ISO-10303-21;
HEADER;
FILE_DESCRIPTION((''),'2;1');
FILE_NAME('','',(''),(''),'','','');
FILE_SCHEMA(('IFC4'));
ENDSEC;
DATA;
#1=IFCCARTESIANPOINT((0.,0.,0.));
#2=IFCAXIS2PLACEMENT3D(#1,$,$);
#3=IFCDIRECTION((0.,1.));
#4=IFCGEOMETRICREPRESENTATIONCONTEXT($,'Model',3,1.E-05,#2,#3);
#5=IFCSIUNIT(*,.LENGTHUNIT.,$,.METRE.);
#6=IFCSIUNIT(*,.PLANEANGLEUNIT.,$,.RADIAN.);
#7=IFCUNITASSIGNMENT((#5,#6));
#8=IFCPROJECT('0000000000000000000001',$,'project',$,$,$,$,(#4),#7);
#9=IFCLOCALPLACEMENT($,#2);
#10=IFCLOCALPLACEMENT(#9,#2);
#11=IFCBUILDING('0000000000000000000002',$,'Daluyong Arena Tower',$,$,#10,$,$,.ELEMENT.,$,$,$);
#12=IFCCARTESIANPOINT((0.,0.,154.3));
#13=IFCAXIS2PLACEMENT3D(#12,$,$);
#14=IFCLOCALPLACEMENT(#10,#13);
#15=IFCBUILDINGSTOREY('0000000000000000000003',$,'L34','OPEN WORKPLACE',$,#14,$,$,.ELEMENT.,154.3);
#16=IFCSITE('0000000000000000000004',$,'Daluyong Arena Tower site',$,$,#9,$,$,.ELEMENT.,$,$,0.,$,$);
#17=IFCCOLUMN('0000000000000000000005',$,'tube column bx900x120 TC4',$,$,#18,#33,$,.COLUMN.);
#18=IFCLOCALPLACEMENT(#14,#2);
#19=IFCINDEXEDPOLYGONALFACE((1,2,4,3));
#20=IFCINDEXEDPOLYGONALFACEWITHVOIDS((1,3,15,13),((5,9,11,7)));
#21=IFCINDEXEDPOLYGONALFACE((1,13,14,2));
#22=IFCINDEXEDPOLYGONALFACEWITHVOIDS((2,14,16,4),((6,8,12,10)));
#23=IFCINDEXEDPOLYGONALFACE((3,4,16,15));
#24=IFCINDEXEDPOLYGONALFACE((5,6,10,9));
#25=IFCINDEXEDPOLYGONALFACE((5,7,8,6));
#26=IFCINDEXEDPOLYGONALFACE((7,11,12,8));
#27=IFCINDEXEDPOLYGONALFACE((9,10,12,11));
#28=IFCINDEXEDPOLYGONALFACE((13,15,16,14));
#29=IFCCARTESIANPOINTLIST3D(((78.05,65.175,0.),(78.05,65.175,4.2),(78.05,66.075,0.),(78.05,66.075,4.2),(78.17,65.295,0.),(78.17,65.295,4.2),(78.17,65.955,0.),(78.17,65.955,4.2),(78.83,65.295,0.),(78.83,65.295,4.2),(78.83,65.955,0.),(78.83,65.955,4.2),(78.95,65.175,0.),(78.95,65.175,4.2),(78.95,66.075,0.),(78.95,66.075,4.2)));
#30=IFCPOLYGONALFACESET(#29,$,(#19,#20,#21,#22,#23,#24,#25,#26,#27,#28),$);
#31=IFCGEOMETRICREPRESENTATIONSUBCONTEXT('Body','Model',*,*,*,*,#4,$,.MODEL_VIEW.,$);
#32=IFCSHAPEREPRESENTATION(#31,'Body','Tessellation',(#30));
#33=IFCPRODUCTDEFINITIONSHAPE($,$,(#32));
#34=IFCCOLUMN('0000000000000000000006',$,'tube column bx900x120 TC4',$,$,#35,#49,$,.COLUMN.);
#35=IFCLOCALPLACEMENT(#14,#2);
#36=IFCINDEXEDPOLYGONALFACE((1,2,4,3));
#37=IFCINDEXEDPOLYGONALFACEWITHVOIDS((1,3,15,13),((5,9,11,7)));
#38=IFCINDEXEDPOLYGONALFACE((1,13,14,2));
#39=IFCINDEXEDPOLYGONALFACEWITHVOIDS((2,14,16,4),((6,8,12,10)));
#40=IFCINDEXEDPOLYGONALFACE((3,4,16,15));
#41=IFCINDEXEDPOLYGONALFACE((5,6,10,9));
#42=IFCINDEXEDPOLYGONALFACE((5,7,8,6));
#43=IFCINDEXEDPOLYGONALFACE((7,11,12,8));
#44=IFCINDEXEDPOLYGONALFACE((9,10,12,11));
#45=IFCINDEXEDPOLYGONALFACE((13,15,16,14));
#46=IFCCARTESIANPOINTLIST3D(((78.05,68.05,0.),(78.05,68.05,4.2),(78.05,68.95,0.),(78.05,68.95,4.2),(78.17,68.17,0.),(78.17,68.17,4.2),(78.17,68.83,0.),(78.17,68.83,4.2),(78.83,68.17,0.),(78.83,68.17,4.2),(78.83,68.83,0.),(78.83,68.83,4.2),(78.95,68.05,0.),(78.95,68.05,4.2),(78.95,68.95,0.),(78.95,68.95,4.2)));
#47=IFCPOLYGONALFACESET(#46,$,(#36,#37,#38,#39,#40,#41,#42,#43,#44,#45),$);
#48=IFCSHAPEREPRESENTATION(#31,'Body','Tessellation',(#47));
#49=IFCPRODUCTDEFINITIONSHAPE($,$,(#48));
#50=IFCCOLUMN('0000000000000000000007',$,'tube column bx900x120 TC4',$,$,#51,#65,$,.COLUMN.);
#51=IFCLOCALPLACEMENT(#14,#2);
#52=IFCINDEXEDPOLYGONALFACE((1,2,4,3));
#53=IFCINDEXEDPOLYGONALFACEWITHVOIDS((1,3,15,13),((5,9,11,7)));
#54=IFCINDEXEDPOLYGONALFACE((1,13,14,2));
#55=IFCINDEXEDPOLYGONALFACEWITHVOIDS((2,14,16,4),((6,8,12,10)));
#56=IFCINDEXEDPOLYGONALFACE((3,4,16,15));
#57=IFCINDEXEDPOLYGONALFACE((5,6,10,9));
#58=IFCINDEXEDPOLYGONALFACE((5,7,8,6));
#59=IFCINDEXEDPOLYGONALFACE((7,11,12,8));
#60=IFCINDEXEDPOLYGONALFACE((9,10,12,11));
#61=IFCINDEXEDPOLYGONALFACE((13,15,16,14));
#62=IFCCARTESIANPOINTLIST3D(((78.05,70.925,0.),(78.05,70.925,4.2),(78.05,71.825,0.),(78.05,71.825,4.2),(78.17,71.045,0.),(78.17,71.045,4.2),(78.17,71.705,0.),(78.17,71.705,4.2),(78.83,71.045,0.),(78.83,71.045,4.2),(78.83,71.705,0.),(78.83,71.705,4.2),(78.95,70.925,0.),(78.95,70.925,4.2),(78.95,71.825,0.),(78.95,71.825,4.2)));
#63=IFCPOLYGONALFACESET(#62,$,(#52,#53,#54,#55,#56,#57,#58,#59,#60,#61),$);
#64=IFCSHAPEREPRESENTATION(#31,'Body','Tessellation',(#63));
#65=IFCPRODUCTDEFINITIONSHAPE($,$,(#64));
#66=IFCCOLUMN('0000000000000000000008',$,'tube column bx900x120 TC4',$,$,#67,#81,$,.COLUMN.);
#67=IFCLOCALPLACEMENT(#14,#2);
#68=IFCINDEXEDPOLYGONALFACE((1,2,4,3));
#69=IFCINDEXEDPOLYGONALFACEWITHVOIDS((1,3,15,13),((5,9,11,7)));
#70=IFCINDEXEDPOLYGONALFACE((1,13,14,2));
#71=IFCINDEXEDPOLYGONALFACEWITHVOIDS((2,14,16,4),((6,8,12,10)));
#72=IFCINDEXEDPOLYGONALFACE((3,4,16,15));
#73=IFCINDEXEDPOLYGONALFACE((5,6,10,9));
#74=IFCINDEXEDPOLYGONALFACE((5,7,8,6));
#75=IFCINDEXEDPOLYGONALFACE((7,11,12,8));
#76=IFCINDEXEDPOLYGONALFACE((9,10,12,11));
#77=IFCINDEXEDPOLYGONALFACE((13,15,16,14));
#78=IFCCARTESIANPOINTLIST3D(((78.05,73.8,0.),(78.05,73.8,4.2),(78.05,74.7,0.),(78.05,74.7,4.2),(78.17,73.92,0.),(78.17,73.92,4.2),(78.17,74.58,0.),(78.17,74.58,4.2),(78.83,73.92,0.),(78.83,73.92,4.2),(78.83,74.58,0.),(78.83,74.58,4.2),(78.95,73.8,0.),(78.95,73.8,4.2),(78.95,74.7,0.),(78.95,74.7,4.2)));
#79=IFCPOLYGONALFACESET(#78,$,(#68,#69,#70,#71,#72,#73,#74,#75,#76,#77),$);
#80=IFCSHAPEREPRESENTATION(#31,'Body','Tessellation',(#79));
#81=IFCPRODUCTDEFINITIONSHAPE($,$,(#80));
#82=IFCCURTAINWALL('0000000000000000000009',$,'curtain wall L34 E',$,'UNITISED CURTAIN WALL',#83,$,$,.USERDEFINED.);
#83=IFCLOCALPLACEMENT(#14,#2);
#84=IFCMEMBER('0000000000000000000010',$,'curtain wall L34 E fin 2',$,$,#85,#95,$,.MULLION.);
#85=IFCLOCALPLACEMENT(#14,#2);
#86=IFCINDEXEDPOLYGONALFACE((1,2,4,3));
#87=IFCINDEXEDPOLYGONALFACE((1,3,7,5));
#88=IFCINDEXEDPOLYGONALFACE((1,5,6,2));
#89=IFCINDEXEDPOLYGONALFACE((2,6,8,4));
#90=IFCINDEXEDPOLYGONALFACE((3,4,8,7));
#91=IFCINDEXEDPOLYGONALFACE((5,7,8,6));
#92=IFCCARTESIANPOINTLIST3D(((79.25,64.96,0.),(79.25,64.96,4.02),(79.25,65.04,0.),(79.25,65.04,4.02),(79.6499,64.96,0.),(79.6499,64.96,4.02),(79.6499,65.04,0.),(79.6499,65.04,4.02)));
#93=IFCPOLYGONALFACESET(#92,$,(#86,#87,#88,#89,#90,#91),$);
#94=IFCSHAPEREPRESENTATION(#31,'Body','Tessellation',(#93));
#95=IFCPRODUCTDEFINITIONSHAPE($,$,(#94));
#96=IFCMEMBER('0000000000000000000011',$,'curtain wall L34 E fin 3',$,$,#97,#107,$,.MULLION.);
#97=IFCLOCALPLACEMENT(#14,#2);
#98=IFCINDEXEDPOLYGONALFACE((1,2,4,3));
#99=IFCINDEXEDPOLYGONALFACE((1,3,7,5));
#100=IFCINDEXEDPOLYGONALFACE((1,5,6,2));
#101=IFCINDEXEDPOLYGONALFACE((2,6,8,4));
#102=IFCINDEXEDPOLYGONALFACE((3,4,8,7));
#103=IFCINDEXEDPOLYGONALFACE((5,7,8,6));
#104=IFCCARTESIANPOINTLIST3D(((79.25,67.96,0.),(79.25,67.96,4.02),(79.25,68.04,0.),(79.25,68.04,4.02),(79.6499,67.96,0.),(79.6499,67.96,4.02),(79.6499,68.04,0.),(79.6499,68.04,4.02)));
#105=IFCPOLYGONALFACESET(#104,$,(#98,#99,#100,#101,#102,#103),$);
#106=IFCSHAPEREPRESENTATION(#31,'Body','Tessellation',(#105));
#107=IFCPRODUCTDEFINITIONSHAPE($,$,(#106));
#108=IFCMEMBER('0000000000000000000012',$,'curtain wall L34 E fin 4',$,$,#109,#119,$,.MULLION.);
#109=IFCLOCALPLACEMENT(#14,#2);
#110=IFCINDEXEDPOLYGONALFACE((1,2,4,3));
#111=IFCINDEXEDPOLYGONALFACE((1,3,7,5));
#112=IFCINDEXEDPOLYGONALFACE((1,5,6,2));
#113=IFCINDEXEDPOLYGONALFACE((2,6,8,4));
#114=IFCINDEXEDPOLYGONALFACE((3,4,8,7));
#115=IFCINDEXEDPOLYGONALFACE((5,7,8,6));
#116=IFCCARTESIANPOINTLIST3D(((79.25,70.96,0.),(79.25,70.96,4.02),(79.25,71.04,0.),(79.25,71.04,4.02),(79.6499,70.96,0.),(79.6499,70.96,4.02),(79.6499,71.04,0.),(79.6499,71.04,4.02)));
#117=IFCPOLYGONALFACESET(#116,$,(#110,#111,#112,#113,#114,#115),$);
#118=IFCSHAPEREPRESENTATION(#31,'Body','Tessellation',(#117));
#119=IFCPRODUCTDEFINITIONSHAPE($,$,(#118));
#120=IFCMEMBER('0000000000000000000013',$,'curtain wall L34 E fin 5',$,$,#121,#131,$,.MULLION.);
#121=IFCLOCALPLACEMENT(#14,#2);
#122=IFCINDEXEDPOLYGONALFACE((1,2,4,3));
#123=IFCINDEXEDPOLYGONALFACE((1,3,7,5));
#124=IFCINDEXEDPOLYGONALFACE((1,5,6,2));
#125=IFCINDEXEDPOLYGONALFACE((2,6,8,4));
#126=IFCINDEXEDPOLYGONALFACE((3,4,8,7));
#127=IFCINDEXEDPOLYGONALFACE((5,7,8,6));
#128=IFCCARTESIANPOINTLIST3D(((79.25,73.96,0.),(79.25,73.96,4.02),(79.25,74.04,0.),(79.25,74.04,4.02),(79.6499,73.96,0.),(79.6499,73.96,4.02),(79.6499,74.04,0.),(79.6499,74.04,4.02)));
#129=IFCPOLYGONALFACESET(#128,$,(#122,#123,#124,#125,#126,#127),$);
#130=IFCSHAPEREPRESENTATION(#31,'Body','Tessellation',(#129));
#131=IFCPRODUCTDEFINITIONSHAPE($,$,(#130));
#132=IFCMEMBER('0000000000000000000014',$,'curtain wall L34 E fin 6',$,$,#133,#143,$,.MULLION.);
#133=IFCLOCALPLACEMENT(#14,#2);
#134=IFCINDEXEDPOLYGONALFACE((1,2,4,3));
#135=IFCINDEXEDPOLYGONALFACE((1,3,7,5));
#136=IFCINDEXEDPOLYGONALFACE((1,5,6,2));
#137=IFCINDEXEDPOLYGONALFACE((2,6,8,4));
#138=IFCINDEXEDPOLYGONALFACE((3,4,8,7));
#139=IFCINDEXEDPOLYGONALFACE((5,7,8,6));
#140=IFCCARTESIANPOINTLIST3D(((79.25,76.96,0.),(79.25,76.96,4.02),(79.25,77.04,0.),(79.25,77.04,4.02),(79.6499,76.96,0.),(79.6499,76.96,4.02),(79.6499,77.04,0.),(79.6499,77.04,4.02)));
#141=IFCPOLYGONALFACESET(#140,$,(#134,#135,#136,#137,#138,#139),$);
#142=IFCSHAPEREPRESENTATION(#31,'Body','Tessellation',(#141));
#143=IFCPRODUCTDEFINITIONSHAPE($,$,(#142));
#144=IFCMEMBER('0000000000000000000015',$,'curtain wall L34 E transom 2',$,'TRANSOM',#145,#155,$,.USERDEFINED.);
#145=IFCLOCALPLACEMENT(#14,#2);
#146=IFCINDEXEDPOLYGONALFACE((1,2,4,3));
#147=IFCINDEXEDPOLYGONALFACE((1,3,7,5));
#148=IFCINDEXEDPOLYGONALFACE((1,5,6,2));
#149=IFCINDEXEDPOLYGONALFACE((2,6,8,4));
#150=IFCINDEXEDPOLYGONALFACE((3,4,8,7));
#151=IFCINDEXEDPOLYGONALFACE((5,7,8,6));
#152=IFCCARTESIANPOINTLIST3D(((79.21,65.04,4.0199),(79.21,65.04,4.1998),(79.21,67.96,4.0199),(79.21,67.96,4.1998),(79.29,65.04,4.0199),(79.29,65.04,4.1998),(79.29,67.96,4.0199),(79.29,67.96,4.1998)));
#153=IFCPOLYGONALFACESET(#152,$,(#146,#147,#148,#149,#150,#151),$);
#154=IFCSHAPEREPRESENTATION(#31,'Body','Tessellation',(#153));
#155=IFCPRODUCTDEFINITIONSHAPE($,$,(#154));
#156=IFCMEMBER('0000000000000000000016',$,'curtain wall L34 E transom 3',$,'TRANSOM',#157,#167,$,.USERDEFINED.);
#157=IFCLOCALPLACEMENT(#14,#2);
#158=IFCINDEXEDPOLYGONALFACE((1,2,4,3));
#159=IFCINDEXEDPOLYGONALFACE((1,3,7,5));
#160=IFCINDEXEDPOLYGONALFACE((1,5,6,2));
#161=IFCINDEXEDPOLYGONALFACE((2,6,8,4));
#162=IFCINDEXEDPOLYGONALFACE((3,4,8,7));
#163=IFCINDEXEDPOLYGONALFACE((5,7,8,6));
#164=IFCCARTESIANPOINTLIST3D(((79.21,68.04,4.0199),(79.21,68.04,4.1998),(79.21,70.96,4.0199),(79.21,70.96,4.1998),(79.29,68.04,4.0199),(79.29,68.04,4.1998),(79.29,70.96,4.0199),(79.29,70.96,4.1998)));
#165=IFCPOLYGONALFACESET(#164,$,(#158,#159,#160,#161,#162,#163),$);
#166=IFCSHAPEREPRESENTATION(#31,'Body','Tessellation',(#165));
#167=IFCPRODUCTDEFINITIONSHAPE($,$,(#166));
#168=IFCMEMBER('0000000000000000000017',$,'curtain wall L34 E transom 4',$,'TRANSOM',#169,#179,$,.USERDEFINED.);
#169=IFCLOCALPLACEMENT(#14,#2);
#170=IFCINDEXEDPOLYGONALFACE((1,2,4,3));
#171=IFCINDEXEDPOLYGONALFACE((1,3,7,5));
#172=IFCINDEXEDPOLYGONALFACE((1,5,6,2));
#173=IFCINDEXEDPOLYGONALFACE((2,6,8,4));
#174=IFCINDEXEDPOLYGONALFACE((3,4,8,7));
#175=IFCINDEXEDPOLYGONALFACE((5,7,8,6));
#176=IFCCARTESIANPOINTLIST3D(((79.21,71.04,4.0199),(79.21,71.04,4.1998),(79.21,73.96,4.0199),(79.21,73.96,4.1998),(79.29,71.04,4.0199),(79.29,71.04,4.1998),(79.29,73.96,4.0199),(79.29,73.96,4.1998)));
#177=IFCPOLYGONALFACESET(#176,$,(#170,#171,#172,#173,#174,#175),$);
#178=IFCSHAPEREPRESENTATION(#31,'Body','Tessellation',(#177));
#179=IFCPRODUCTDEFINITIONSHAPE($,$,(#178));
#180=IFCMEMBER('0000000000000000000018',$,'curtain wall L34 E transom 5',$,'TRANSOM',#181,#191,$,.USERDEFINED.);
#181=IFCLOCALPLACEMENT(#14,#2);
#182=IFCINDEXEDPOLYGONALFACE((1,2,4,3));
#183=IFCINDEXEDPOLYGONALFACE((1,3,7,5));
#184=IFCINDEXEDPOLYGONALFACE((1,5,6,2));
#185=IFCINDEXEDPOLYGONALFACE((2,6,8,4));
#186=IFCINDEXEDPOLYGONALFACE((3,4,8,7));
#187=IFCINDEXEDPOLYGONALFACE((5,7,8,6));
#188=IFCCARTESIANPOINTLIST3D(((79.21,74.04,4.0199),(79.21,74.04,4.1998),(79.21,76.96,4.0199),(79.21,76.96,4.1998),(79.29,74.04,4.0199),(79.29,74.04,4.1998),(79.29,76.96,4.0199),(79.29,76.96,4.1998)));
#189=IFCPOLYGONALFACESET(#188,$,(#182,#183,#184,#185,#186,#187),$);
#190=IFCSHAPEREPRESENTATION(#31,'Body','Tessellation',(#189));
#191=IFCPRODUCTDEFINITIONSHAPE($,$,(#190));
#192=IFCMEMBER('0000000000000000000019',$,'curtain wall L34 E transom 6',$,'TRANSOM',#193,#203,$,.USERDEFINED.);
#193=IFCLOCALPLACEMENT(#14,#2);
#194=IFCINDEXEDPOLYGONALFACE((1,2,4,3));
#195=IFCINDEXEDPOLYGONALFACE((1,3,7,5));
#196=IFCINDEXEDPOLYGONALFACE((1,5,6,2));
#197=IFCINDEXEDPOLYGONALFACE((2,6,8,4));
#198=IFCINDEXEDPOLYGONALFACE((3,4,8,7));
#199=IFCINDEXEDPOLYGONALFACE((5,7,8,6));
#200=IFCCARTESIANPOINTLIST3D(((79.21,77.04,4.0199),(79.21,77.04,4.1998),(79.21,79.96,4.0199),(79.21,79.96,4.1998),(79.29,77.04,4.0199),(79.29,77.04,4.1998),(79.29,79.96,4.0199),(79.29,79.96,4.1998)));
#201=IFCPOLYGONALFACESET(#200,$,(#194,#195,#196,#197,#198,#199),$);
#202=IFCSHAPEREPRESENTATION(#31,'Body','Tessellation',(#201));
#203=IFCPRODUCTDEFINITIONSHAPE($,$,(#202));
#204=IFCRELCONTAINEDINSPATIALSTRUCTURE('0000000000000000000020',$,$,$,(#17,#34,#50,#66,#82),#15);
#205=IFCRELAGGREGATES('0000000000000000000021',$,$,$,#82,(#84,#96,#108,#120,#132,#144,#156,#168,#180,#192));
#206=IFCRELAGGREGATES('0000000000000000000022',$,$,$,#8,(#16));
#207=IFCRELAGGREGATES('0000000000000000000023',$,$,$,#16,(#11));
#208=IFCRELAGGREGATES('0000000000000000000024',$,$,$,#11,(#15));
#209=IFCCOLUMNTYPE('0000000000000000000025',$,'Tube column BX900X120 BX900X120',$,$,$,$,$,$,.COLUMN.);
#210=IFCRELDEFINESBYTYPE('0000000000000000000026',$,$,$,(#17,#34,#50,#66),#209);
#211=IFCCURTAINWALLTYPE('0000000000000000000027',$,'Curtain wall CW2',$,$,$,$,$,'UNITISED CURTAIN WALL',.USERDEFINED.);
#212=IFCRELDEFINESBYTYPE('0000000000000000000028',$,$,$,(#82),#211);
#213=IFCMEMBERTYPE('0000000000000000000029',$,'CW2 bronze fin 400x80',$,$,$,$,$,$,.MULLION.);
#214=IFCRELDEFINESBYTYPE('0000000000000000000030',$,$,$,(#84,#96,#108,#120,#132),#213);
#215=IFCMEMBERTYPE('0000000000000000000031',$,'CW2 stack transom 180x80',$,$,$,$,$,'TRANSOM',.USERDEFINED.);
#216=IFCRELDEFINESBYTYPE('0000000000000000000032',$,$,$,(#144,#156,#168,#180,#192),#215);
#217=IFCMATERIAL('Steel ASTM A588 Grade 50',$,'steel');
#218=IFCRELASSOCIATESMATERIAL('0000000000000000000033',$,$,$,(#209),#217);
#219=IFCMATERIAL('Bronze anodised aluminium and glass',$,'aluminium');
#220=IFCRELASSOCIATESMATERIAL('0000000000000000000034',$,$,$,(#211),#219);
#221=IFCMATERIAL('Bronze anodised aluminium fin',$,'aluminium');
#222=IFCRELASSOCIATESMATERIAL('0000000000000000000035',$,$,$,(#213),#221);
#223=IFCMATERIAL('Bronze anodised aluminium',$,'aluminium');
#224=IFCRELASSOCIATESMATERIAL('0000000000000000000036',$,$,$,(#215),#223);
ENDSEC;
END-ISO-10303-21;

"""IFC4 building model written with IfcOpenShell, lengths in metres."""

from ifc_helpers import new_model, si_unit, direction, frame, origin, origin_2d, place, context, subcontext, project, spatial, rectangle, hollow_rectangle, extrude, material, material_profile, profile_set, type_object, element, aggregate, save


model = new_model("IFC4")

# Units and contexts
model_context = context("Model", 3, precision=1e-05, world=origin(), true_north=direction((0.0, 1.0)))
body_context = subcontext(model_context, "Body", "Model", "MODEL_VIEW")
ifc_project = project(units=[si_unit("LENGTHUNIT", "METRE"), si_unit("PLANEANGLEUNIT", "RADIAN")], contexts=[model_context])

# Site, building, storey
site_placement = place(None, origin())
site = spatial("IfcSite", under=ifc_project, at=site_placement, Name="Daluyong Arena Tower site", CompositionType="ELEMENT", RefElevation=0.0)
building_placement = place(site_placement, origin())
building = spatial("IfcBuilding", under=site, at=building_placement, Name="Daluyong Arena Tower", CompositionType="ELEMENT")
storey_placement = place(building_placement, frame((0.0, 0.0, 154.3)))
storey = spatial("IfcBuildingStorey", under=building, at=storey_placement, Name="L34", Description="OPEN WORKPLACE", CompositionType="ELEMENT", Elevation=154.3)

# Columns
ifc_material_1 = material(Name="Steel ASTM A588 Grade 50", Category="steel")
ifc_material_profile_1 = material_profile(ifc_material_1, hollow_rectangle(XDim=0.8999, YDim=0.8999, WallThickness=0.12, at=origin_2d()))
ifc_profile_set_1 = profile_set([ifc_material_profile_1], Name="Steel ASTM A588 Grade 50")
column_type = type_object("IfcColumnType", Name="Tube column BX900X120 BX900X120", PredefinedType="COLUMN", material=ifc_profile_set_1)
for number, where, z_axis, x_axis, name in (
    (1, (78.5, 65.625, 0.0), (0.0, 0.0, 1.0), (0.0, 1.0, 0.0), "tube column bx900x120 TC4"),
    (2, (78.5, 68.5, 0.0), (0.0, 0.0, 1.0), (0.0, 1.0, 0.0), "tube column bx900x120 TC4"),
    (3, (78.5, 71.375, 0.0), (0.0, 0.0, 1.0), (0.0, 1.0, 0.0), "tube column bx900x120 TC4"),
    (4, (78.5, 74.25, 0.0), (0.0, 0.0, 1.0), (0.0, 1.0, 0.0), "tube column bx900x120 TC4"),
):
    element("IfcColumn", number, at=place(storey_placement, frame(where, z_axis=z_axis, x_axis=x_axis)), inside=storey, type_object=column_type, Name=name, PredefinedType="COLUMN", context=body_context, shape_type="SweptSolid", body=[
        extrude(hollow_rectangle(XDim=0.8999, YDim=0.8999, WallThickness=0.12, at=origin_2d()), origin(), (0.0, 0.0, 1.0), 4.2),
    ])

# Curtain wall, members
ifc_material_2 = material(Name="Bronze anodised aluminium and glass", Category="aluminium")
curtain_wall_type = type_object("IfcCurtainWallType", Name="Curtain wall CW2", ElementType="UNITISED CURTAIN WALL", PredefinedType="USERDEFINED", material=ifc_material_2)
curtain_wall_placement = place(storey_placement, origin())
curtain_wall = element("IfcCurtainWall", 5, at=curtain_wall_placement, inside=storey, type_object=curtain_wall_type, Name="curtain wall L34 E", ObjectType="UNITISED CURTAIN WALL", PredefinedType="USERDEFINED")
ifc_material_3 = material(Name="Bronze anodised aluminium fin", Category="aluminium")
ifc_material_profile_2 = material_profile(ifc_material_3, rectangle(XDim=0.3999, YDim=0.0801, at=origin_2d()))
ifc_profile_set_2 = profile_set([ifc_material_profile_2], Name="Bronze anodised aluminium fin")
member_type_1 = type_object("IfcMemberType", Name="CW2 bronze fin 400x80", PredefinedType="MULLION", material=ifc_profile_set_2)
member_1_placement = place(storey_placement, frame((79.45, 65.0, 0.0), z_axis=(0.0, 0.0, 1.0), x_axis=(-1.0, 0.0, 0.0)))
member_1 = element("IfcMember", 6, at=member_1_placement, type_object=member_type_1, Name="curtain wall L34 E fin 2", PredefinedType="MULLION", context=body_context, shape_type="SweptSolid", body=[
    extrude(rectangle(XDim=0.3999, YDim=0.0801, at=origin_2d()), origin(), (0.0, 0.0, 1.0), 4.02),
])
member_2_placement = place(storey_placement, frame((79.45, 68.0, 0.0), z_axis=(0.0, 0.0, 1.0), x_axis=(-1.0, 0.0, 0.0)))
member_2 = element("IfcMember", 7, at=member_2_placement, type_object=member_type_1, Name="curtain wall L34 E fin 3", PredefinedType="MULLION", context=body_context, shape_type="SweptSolid", body=[
    extrude(rectangle(XDim=0.3999, YDim=0.0801, at=origin_2d()), origin(), (0.0, 0.0, 1.0), 4.02),
])
member_3_placement = place(storey_placement, frame((79.45, 71.0, 0.0), z_axis=(0.0, 0.0, 1.0), x_axis=(-1.0, 0.0, 0.0)))
member_3 = element("IfcMember", 8, at=member_3_placement, type_object=member_type_1, Name="curtain wall L34 E fin 4", PredefinedType="MULLION", context=body_context, shape_type="SweptSolid", body=[
    extrude(rectangle(XDim=0.3999, YDim=0.0801, at=origin_2d()), origin(), (0.0, 0.0, 1.0), 4.02),
])
member_4_placement = place(storey_placement, frame((79.45, 74.0, 0.0), z_axis=(0.0, 0.0, 1.0), x_axis=(-1.0, 0.0, 0.0)))
member_4 = element("IfcMember", 9, at=member_4_placement, type_object=member_type_1, Name="curtain wall L34 E fin 5", PredefinedType="MULLION", context=body_context, shape_type="SweptSolid", body=[
    extrude(rectangle(XDim=0.3999, YDim=0.0801, at=origin_2d()), origin(), (0.0, 0.0, 1.0), 4.02),
])
member_5_placement = place(storey_placement, frame((79.45, 77.0, 0.0), z_axis=(0.0, 0.0, 1.0), x_axis=(-1.0, 0.0, 0.0)))
member_5 = element("IfcMember", 10, at=member_5_placement, type_object=member_type_1, Name="curtain wall L34 E fin 6", PredefinedType="MULLION", context=body_context, shape_type="SweptSolid", body=[
    extrude(rectangle(XDim=0.3999, YDim=0.0801, at=origin_2d()), origin(), (0.0, 0.0, 1.0), 4.02),
])
ifc_material_4 = material(Name="Bronze anodised aluminium", Category="aluminium")
ifc_material_profile_3 = material_profile(ifc_material_4, rectangle(XDim=0.0801, YDim=0.1799, at=origin_2d()))
ifc_profile_set_3 = profile_set([ifc_material_profile_3], Name="Bronze anodised aluminium")
member_type_2 = type_object("IfcMemberType", Name="CW2 stack transom 180x80", ElementType="TRANSOM", PredefinedType="USERDEFINED", material=ifc_profile_set_3)
member_6_placement = place(storey_placement, frame((79.25, 65.04, 4.1099), z_axis=(0.0, 1.0, 0.0), x_axis=(-1.0, 0.0, 0.0)))
member_6 = element("IfcMember", 11, at=member_6_placement, type_object=member_type_2, Name="curtain wall L34 E transom 2", ObjectType="TRANSOM", PredefinedType="USERDEFINED", context=body_context, shape_type="SweptSolid", body=[
    extrude(rectangle(XDim=0.0801, YDim=0.1799, at=origin_2d()), origin(), (0.0, 0.0, 1.0), 2.9199),
])
member_7_placement = place(storey_placement, frame((79.25, 68.04, 4.1099), z_axis=(0.0, 1.0, 0.0), x_axis=(-1.0, 0.0, 0.0)))
member_7 = element("IfcMember", 12, at=member_7_placement, type_object=member_type_2, Name="curtain wall L34 E transom 3", ObjectType="TRANSOM", PredefinedType="USERDEFINED", context=body_context, shape_type="SweptSolid", body=[
    extrude(rectangle(XDim=0.0801, YDim=0.1799, at=origin_2d()), origin(), (0.0, 0.0, 1.0), 2.9199),
])
member_8_placement = place(storey_placement, frame((79.25, 71.04, 4.1099), z_axis=(0.0, 1.0, 0.0), x_axis=(-1.0, 0.0, 0.0)))
member_8 = element("IfcMember", 13, at=member_8_placement, type_object=member_type_2, Name="curtain wall L34 E transom 4", ObjectType="TRANSOM", PredefinedType="USERDEFINED", context=body_context, shape_type="SweptSolid", body=[
    extrude(rectangle(XDim=0.0801, YDim=0.1799, at=origin_2d()), origin(), (0.0, 0.0, 1.0), 2.9199),
])
member_9_placement = place(storey_placement, frame((79.25, 74.04, 4.1099), z_axis=(0.0, 1.0, 0.0), x_axis=(-1.0, 0.0, 0.0)))
member_9 = element("IfcMember", 14, at=member_9_placement, type_object=member_type_2, Name="curtain wall L34 E transom 5", ObjectType="TRANSOM", PredefinedType="USERDEFINED", context=body_context, shape_type="SweptSolid", body=[
    extrude(rectangle(XDim=0.0801, YDim=0.1799, at=origin_2d()), origin(), (0.0, 0.0, 1.0), 2.9199),
])
member_10_placement = place(storey_placement, frame((79.25, 77.04, 4.1099), z_axis=(0.0, 1.0, 0.0), x_axis=(-1.0, 0.0, 0.0)))
member_10 = element("IfcMember", 15, at=member_10_placement, type_object=member_type_2, Name="curtain wall L34 E transom 6", ObjectType="TRANSOM", PredefinedType="USERDEFINED", context=body_context, shape_type="SweptSolid", body=[
    extrude(rectangle(XDim=0.0801, YDim=0.1799, at=origin_2d()), origin(), (0.0, 0.0, 1.0), 2.9199),
])

aggregate(curtain_wall, [member_1, member_2, member_3, member_4, member_5, member_6, member_7, member_8, member_9, member_10])

save(model, "model.ifc")
